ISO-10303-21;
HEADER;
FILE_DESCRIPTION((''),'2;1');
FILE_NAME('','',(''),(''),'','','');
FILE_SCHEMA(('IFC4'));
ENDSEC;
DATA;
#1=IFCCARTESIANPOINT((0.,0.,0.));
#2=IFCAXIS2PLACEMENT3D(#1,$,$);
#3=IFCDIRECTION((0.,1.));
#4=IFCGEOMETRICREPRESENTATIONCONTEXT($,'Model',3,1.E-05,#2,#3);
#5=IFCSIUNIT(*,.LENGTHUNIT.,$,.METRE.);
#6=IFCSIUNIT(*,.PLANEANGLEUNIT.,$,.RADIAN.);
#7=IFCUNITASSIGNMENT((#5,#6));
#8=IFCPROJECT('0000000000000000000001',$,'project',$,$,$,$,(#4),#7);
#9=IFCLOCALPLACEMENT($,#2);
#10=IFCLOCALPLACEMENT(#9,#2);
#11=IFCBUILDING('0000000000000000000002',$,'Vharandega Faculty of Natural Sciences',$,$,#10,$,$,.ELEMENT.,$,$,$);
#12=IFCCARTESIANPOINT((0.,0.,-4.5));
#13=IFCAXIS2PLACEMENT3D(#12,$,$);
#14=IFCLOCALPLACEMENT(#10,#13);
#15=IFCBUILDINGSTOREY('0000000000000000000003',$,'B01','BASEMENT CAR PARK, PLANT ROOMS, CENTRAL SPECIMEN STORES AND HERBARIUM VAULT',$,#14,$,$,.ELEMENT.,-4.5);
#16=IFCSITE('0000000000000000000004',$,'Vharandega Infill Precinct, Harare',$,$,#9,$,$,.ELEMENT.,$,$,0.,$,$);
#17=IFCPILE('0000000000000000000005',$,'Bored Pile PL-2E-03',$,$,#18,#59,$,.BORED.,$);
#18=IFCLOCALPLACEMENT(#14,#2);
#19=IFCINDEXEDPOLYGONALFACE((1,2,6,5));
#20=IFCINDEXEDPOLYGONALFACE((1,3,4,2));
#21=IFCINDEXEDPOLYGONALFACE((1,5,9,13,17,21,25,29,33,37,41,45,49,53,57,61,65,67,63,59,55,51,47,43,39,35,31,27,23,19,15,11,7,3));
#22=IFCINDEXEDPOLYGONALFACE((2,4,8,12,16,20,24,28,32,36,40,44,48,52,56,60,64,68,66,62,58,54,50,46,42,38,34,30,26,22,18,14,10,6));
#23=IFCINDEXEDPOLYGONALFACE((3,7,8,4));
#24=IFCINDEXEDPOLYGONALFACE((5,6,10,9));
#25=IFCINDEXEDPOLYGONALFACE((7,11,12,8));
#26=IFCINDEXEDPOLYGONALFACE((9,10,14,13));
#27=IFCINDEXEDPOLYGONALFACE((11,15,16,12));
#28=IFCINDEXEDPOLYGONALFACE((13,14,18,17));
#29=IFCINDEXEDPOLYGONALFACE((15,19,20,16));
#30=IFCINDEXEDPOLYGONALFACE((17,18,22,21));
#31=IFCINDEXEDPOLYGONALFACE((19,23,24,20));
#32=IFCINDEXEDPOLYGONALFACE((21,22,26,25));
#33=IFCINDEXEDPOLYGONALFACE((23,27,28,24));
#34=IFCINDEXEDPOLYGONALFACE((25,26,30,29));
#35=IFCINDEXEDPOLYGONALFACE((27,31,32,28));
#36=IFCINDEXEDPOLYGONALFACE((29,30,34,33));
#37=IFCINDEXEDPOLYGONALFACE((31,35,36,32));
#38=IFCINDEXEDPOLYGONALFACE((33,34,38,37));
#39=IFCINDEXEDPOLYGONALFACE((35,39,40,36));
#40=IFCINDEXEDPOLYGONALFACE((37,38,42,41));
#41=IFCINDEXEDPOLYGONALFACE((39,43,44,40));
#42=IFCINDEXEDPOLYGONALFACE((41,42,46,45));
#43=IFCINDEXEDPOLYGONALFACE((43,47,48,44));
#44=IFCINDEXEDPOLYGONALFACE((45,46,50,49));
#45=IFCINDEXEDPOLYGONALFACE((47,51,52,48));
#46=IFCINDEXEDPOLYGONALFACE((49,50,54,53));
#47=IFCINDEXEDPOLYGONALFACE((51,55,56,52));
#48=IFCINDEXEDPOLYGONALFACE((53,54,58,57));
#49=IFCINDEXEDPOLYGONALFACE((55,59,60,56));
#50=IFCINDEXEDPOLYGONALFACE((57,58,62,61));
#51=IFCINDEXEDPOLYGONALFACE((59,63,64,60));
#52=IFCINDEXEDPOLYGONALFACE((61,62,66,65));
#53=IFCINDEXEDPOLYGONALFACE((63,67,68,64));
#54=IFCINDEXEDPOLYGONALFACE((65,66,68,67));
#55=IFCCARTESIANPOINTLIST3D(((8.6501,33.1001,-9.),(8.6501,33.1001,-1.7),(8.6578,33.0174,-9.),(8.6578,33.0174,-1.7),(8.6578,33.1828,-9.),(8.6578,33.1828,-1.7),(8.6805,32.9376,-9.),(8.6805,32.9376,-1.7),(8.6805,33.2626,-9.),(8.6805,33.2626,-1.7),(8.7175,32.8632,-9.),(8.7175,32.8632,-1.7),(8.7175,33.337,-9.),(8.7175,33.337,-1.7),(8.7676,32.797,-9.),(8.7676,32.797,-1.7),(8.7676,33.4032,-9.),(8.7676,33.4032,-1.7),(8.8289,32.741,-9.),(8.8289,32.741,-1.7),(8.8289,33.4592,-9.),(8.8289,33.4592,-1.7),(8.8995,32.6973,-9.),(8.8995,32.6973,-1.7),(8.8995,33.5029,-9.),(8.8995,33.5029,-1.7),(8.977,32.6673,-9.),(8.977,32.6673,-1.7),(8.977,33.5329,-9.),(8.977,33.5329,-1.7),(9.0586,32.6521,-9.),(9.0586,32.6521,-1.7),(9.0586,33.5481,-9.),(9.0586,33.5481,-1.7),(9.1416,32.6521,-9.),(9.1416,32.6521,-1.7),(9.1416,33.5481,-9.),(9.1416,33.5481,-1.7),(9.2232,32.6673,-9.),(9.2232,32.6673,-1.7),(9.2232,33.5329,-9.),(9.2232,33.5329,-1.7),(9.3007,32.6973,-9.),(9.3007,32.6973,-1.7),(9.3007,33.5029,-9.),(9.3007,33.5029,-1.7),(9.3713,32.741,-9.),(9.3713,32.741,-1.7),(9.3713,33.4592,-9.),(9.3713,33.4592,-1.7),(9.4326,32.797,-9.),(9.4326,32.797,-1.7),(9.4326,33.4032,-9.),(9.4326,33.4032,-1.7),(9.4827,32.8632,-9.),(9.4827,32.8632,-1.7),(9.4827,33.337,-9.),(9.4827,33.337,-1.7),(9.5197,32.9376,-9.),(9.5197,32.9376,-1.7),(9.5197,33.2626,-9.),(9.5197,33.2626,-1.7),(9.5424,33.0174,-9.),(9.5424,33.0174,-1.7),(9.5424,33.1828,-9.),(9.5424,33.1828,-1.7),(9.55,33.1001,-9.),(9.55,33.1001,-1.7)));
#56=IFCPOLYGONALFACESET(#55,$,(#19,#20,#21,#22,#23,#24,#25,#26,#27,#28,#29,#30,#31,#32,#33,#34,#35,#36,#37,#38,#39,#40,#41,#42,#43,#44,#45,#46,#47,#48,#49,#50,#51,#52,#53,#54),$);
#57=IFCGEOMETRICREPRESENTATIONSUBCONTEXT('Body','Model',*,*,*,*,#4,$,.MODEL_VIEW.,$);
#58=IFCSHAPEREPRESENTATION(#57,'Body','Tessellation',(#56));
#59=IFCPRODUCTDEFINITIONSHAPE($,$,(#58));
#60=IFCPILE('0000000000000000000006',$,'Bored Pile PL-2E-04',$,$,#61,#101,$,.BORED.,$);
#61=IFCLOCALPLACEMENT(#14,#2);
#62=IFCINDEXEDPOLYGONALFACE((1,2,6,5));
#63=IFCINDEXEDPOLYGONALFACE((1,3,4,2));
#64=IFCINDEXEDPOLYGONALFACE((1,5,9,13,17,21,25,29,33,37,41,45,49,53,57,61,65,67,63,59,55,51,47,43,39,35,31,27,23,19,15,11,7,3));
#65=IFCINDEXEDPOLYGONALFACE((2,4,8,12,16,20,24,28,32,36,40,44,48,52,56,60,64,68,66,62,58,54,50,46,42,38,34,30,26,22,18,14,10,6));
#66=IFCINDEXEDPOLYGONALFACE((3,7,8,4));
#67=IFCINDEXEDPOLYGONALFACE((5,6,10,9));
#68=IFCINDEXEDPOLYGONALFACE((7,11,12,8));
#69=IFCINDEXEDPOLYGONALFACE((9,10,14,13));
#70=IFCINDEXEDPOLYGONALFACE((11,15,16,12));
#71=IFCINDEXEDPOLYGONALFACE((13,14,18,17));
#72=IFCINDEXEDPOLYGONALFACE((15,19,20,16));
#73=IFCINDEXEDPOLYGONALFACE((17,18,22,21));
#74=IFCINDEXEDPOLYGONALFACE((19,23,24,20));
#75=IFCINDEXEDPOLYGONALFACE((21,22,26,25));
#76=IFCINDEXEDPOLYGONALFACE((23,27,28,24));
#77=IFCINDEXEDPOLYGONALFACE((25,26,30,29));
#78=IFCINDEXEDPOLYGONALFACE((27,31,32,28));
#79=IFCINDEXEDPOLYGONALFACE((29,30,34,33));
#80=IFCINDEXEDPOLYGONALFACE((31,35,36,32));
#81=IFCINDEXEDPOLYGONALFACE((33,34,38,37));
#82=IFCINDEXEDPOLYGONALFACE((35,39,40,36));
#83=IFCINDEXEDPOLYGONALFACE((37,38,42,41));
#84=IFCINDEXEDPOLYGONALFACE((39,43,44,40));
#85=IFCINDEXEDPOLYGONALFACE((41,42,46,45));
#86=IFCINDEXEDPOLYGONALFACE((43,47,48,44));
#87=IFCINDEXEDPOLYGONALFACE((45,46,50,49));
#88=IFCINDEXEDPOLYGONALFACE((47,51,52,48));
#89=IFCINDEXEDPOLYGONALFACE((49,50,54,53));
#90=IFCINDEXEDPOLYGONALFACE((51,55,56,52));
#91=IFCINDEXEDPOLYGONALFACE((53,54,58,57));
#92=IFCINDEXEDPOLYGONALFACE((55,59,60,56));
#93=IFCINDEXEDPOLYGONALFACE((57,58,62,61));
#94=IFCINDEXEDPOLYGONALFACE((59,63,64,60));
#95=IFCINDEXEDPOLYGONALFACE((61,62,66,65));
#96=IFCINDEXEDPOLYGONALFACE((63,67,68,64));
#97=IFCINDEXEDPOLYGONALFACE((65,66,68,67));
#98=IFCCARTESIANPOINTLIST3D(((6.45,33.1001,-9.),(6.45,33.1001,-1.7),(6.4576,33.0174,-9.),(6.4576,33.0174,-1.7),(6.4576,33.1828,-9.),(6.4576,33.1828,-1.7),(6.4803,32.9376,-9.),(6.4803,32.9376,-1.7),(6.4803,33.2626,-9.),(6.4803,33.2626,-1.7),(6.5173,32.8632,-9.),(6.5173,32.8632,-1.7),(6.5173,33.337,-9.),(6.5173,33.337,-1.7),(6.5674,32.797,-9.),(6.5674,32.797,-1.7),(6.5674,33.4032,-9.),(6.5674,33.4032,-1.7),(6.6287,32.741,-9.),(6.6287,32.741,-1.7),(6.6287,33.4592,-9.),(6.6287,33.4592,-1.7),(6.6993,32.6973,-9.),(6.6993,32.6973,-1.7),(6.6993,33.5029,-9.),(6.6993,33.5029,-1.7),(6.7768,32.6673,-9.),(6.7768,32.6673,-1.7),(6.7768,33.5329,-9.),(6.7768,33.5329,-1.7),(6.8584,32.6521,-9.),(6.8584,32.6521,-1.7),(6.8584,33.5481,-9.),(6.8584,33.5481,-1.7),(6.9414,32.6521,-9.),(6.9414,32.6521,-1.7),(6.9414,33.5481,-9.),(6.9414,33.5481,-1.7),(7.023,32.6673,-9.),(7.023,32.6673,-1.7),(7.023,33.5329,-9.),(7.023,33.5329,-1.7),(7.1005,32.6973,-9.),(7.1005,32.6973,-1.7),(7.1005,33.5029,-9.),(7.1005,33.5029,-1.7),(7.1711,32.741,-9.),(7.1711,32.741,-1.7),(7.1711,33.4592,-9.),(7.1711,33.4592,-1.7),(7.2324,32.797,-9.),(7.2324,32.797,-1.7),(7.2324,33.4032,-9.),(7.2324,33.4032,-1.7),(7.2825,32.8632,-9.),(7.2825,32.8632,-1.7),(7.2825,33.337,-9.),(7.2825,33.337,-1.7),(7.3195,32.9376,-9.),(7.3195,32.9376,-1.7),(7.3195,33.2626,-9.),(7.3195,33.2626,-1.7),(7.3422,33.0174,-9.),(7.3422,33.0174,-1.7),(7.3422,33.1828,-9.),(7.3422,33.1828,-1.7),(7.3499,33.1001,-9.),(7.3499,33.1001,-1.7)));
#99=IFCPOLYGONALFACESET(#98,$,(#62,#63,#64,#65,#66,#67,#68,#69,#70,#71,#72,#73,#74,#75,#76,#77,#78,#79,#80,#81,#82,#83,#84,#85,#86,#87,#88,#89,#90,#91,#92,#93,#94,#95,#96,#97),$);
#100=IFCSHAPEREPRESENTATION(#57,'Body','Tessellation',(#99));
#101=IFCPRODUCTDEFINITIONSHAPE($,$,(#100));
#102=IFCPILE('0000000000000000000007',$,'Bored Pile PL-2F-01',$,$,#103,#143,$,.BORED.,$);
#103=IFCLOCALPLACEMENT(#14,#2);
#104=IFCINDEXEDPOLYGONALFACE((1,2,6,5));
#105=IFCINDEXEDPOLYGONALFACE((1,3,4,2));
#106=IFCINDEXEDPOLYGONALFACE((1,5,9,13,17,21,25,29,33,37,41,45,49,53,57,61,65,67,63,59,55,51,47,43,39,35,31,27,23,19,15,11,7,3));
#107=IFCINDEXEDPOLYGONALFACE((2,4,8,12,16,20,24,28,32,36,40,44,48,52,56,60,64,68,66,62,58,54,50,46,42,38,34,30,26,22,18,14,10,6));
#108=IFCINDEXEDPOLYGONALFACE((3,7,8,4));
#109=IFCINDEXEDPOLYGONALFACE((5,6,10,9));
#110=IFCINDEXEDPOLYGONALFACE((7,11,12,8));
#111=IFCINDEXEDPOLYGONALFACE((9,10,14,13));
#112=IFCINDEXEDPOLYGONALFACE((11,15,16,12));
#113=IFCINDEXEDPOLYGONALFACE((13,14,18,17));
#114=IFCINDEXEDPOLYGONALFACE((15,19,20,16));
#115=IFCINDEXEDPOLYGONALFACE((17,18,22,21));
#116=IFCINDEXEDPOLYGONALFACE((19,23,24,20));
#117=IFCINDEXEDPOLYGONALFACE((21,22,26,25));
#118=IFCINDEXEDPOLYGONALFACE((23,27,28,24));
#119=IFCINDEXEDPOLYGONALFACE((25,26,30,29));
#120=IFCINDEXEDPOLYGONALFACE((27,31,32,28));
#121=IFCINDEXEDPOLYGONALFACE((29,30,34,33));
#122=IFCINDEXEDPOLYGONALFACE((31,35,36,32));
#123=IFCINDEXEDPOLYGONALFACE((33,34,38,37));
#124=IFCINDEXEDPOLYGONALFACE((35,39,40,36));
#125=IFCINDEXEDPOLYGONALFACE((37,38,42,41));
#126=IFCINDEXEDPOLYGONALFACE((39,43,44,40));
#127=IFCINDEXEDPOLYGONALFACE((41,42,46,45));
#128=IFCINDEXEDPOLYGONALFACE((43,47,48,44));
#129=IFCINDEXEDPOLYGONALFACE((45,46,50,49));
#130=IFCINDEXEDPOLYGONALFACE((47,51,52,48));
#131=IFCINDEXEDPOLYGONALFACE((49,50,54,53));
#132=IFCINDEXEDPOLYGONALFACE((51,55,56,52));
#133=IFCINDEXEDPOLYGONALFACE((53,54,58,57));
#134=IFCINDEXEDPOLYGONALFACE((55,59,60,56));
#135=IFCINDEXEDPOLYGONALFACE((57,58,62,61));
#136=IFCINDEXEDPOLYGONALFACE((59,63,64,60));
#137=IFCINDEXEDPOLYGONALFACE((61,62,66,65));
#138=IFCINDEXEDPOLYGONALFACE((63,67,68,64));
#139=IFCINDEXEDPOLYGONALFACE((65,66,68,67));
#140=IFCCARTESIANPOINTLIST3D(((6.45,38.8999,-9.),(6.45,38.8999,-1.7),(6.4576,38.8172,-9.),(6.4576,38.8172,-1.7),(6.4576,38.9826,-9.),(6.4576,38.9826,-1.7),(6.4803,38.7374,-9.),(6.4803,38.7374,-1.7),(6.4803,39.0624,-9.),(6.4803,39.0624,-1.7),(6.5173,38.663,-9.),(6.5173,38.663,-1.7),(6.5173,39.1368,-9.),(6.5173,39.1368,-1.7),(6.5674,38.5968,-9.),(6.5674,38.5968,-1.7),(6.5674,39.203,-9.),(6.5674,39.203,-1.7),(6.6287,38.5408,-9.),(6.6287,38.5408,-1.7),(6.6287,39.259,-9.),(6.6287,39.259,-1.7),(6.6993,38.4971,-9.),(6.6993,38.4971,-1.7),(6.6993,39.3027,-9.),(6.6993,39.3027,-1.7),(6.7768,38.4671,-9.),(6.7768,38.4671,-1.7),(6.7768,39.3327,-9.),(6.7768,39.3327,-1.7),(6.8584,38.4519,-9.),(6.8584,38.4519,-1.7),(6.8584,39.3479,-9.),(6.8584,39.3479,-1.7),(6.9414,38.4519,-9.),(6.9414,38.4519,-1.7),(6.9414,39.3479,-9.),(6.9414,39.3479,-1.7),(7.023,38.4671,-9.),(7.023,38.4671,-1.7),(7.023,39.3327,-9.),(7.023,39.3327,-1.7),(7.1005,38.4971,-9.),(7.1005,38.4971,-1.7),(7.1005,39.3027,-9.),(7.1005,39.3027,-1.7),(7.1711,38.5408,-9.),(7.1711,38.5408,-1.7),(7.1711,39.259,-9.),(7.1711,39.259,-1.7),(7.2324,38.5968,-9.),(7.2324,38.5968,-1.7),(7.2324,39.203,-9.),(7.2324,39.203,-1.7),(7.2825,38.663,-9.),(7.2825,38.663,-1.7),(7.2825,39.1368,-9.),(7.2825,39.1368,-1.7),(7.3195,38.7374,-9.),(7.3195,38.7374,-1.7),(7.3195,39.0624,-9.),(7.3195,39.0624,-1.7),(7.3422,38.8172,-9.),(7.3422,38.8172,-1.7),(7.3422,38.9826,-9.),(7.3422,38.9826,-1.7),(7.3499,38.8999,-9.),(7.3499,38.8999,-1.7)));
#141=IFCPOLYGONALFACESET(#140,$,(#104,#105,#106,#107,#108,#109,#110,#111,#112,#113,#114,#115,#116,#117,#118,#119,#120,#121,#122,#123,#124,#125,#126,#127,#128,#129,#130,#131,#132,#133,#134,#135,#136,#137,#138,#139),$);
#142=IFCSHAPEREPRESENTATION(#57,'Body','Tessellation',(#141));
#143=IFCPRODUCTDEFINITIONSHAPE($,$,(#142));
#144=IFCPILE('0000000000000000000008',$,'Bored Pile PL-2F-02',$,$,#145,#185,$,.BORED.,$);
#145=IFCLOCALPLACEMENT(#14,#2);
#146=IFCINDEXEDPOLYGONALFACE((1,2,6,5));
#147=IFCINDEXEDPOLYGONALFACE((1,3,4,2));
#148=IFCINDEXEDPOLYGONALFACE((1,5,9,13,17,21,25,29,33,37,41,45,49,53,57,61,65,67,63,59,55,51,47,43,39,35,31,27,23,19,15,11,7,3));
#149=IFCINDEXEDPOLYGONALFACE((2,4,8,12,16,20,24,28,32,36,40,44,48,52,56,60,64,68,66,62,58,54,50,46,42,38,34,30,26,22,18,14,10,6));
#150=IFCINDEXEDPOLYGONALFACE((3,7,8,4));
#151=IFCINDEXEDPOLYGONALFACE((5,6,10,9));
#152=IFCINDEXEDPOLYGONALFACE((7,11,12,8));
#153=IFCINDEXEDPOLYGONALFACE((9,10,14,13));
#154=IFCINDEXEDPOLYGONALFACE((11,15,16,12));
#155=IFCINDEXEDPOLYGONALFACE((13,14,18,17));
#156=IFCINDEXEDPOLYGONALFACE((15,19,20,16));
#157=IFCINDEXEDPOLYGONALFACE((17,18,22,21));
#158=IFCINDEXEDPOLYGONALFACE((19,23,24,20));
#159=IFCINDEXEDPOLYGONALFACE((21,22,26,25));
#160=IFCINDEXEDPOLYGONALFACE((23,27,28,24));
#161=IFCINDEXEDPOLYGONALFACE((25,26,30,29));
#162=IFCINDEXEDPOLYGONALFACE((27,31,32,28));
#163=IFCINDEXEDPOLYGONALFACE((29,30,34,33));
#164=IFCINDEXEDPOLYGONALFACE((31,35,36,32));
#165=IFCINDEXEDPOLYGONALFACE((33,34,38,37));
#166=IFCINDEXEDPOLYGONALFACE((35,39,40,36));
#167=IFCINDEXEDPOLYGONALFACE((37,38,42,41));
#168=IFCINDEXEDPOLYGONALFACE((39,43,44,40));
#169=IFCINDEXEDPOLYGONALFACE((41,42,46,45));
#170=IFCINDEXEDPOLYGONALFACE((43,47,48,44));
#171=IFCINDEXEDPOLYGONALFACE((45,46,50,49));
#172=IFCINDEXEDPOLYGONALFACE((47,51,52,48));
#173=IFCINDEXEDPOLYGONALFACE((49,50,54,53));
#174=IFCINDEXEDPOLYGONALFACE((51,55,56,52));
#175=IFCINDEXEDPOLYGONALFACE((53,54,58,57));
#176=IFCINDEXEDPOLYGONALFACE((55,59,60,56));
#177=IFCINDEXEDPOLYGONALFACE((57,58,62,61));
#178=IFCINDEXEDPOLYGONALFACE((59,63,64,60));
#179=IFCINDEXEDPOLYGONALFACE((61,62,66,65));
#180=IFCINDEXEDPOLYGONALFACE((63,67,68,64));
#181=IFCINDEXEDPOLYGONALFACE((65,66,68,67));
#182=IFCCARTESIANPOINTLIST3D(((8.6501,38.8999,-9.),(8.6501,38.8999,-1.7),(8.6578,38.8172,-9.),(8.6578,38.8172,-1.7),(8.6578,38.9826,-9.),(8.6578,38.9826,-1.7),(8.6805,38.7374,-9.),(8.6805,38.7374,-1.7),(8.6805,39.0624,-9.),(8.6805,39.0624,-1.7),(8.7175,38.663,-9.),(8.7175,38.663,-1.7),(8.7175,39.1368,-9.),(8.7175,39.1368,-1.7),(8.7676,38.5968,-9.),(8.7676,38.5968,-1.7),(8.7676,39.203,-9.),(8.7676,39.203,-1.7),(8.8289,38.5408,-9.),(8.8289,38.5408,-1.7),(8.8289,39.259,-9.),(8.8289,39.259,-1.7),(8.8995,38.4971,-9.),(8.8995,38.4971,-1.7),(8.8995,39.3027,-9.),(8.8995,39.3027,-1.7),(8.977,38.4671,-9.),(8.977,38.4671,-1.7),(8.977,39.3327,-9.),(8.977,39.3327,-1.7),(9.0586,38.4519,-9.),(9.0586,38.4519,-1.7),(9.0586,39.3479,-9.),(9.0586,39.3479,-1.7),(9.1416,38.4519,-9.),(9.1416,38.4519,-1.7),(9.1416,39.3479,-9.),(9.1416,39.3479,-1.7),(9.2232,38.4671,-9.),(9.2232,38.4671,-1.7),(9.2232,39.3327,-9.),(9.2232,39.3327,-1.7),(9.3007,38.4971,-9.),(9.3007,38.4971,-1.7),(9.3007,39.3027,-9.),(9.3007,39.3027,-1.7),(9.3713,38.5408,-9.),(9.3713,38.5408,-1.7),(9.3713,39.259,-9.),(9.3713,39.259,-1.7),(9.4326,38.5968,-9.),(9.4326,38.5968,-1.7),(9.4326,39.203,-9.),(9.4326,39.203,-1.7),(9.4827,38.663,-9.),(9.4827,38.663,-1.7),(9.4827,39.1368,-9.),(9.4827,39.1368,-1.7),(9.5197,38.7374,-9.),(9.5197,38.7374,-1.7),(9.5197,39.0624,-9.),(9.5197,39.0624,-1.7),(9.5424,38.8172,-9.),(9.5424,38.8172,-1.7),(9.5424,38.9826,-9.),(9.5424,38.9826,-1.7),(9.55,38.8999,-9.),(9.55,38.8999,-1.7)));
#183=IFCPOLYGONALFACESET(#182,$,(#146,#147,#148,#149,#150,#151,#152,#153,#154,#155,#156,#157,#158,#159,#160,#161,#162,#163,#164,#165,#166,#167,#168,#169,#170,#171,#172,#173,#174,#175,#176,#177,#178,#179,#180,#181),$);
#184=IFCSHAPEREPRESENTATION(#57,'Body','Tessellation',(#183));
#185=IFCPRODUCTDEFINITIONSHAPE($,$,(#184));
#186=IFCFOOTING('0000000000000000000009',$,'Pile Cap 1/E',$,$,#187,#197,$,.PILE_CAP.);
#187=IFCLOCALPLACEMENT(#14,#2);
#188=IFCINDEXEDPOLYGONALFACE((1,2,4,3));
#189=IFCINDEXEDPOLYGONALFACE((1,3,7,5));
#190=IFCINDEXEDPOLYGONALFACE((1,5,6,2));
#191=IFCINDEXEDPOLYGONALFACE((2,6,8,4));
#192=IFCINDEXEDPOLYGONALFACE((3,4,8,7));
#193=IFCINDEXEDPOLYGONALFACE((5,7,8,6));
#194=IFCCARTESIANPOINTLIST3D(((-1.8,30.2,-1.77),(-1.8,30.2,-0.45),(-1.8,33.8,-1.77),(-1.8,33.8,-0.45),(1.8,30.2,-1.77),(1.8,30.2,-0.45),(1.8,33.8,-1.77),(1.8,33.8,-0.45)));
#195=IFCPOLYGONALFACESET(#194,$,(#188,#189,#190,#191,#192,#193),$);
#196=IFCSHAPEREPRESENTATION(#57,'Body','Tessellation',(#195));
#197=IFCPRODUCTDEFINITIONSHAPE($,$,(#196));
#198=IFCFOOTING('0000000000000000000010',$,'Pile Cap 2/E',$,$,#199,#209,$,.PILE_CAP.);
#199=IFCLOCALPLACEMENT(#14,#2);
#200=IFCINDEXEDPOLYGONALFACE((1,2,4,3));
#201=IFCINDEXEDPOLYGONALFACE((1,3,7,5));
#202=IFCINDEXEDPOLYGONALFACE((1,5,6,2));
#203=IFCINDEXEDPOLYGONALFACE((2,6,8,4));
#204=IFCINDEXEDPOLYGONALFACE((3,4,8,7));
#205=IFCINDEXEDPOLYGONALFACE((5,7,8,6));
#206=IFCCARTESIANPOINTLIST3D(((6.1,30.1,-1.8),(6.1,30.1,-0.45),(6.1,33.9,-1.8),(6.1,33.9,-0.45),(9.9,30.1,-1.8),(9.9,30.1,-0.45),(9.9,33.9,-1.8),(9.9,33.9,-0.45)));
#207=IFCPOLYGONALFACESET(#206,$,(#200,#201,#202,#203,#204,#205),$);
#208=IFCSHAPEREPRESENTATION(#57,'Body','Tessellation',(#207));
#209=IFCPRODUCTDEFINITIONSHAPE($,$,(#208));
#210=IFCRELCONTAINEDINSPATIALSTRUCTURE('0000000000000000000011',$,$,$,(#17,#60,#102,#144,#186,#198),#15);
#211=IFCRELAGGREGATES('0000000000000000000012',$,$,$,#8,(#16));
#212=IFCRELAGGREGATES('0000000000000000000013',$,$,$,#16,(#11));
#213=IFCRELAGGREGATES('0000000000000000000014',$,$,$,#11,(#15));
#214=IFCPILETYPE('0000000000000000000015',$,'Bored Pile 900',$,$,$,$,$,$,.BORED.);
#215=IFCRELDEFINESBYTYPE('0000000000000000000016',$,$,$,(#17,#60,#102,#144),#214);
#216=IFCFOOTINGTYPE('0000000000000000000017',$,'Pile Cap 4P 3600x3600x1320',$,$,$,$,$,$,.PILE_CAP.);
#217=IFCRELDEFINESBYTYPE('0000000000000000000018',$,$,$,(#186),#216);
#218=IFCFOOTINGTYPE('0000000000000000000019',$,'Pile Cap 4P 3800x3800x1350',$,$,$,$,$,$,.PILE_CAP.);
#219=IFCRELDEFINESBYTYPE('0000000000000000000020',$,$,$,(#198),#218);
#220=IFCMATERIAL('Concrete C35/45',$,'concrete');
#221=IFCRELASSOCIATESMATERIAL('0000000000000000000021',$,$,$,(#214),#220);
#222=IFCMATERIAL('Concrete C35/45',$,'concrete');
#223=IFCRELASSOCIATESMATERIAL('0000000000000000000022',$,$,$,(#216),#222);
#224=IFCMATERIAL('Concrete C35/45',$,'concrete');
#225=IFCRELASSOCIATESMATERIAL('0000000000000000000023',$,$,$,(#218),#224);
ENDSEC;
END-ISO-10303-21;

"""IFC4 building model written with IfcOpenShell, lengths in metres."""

from ifc_helpers import new_model, si_unit, direction, frame, origin, origin_2d, place, context, subcontext, project, spatial, rectangle, circle, extrude, material, material_profile, profile_set, type_object, element, save


model = new_model("IFC4")

# Units and contexts
model_context = context("Model", 3, precision=1e-05, world=origin(), true_north=direction((0.0, 1.0)))
body_context = subcontext(model_context, "Body", "Model", "MODEL_VIEW")
ifc_project = project(units=[si_unit("LENGTHUNIT", "METRE"), si_unit("PLANEANGLEUNIT", "RADIAN")], contexts=[model_context])

# Site, building, storey
site_placement = place(None, origin())
site = spatial("IfcSite", under=ifc_project, at=site_placement, Name="Vharandega Infill Precinct, Harare", CompositionType="ELEMENT", RefElevation=0.0)
building_placement = place(site_placement, origin())
building = spatial("IfcBuilding", under=site, at=building_placement, Name="Vharandega Faculty of Natural Sciences", CompositionType="ELEMENT")
storey_placement = place(building_placement, frame((0.0, 0.0, -4.5)))
storey = spatial("IfcBuildingStorey", under=building, at=storey_placement, Name="B01", Description="BASEMENT CAR PARK, PLANT ROOMS, CENTRAL SPECIMEN STORES AND HERBARIUM VAULT", CompositionType="ELEMENT", Elevation=-4.5)

# Piles
ifc_material_1 = material(Name="Concrete C35/45", Category="concrete")
ifc_material_profile_1 = material_profile(ifc_material_1, circle(Radius=0.45, at=origin_2d()), Name="PILE 900")
ifc_profile_set_1 = profile_set([ifc_material_profile_1], Name="Concrete C35/45")
pile_type = type_object("IfcPileType", Name="Bored Pile 900", PredefinedType="BORED", material=ifc_profile_set_1)
for number, where, z_axis, x_axis, name in (
    (1, (9.1001, 33.1001, -1.7), (0.0, 0.0, -1.0), (1.0, 0.0, 0.0), "Bored Pile PL-2E-03"),
    (2, (6.8999, 33.1001, -1.7), (0.0, 0.0, -1.0), (1.0, 0.0, 0.0), "Bored Pile PL-2E-04"),
    (3, (6.8999, 38.8999, -1.7), (0.0, 0.0, -1.0), (1.0, 0.0, 0.0), "Bored Pile PL-2F-01"),
    (4, (9.1001, 38.8999, -1.7), (0.0, 0.0, -1.0), (1.0, 0.0, 0.0), "Bored Pile PL-2F-02"),
):
    element("IfcPile", number, at=place(storey_placement, frame(where, z_axis=z_axis, x_axis=x_axis)), inside=storey, type_object=pile_type, Name=name, PredefinedType="BORED", context=body_context, shape_type="SweptSolid", body=[
        extrude(circle(Radius=0.45, at=origin_2d()), origin(), (0.0, 0.0, 1.0), 7.3),
    ])

# Footings
ifc_material_2 = material(Name="Concrete C35/45", Category="concrete")
footing_type_1 = type_object("IfcFootingType", Name="Pile Cap 4P 3600x3600x1320", PredefinedType="PILE_CAP", material=ifc_material_2)
footing_1_placement = place(storey_placement, frame((0.0, 32.0, -1.77), z_axis=(0.0, 0.0, 1.0), x_axis=(1.0, 0.0, 0.0)))
element("IfcFooting", 5, at=footing_1_placement, inside=storey, type_object=footing_type_1, Name="Pile Cap 1/E", PredefinedType="PILE_CAP", context=body_context, shape_type="SweptSolid", body=[
    extrude(rectangle(XDim=3.6001, YDim=3.6001, at=origin_2d()), origin(), (0.0, 0.0, 1.0), 1.3201),
])
ifc_material_3 = material(Name="Concrete C35/45", Category="concrete")
footing_type_2 = type_object("IfcFootingType", Name="Pile Cap 4P 3800x3800x1350", PredefinedType="PILE_CAP", material=ifc_material_3)
footing_2_placement = place(storey_placement, frame((8.0, 32.0, -1.8), z_axis=(0.0, 0.0, 1.0), x_axis=(1.0, 0.0, 0.0)))
element("IfcFooting", 6, at=footing_2_placement, inside=storey, type_object=footing_type_2, Name="Pile Cap 2/E", PredefinedType="PILE_CAP", context=body_context, shape_type="SweptSolid", body=[
    extrude(rectangle(XDim=3.8, YDim=3.8, at=origin_2d()), origin(), (0.0, 0.0, 1.0), 1.3501),
])

save(model, "model.ifc")
